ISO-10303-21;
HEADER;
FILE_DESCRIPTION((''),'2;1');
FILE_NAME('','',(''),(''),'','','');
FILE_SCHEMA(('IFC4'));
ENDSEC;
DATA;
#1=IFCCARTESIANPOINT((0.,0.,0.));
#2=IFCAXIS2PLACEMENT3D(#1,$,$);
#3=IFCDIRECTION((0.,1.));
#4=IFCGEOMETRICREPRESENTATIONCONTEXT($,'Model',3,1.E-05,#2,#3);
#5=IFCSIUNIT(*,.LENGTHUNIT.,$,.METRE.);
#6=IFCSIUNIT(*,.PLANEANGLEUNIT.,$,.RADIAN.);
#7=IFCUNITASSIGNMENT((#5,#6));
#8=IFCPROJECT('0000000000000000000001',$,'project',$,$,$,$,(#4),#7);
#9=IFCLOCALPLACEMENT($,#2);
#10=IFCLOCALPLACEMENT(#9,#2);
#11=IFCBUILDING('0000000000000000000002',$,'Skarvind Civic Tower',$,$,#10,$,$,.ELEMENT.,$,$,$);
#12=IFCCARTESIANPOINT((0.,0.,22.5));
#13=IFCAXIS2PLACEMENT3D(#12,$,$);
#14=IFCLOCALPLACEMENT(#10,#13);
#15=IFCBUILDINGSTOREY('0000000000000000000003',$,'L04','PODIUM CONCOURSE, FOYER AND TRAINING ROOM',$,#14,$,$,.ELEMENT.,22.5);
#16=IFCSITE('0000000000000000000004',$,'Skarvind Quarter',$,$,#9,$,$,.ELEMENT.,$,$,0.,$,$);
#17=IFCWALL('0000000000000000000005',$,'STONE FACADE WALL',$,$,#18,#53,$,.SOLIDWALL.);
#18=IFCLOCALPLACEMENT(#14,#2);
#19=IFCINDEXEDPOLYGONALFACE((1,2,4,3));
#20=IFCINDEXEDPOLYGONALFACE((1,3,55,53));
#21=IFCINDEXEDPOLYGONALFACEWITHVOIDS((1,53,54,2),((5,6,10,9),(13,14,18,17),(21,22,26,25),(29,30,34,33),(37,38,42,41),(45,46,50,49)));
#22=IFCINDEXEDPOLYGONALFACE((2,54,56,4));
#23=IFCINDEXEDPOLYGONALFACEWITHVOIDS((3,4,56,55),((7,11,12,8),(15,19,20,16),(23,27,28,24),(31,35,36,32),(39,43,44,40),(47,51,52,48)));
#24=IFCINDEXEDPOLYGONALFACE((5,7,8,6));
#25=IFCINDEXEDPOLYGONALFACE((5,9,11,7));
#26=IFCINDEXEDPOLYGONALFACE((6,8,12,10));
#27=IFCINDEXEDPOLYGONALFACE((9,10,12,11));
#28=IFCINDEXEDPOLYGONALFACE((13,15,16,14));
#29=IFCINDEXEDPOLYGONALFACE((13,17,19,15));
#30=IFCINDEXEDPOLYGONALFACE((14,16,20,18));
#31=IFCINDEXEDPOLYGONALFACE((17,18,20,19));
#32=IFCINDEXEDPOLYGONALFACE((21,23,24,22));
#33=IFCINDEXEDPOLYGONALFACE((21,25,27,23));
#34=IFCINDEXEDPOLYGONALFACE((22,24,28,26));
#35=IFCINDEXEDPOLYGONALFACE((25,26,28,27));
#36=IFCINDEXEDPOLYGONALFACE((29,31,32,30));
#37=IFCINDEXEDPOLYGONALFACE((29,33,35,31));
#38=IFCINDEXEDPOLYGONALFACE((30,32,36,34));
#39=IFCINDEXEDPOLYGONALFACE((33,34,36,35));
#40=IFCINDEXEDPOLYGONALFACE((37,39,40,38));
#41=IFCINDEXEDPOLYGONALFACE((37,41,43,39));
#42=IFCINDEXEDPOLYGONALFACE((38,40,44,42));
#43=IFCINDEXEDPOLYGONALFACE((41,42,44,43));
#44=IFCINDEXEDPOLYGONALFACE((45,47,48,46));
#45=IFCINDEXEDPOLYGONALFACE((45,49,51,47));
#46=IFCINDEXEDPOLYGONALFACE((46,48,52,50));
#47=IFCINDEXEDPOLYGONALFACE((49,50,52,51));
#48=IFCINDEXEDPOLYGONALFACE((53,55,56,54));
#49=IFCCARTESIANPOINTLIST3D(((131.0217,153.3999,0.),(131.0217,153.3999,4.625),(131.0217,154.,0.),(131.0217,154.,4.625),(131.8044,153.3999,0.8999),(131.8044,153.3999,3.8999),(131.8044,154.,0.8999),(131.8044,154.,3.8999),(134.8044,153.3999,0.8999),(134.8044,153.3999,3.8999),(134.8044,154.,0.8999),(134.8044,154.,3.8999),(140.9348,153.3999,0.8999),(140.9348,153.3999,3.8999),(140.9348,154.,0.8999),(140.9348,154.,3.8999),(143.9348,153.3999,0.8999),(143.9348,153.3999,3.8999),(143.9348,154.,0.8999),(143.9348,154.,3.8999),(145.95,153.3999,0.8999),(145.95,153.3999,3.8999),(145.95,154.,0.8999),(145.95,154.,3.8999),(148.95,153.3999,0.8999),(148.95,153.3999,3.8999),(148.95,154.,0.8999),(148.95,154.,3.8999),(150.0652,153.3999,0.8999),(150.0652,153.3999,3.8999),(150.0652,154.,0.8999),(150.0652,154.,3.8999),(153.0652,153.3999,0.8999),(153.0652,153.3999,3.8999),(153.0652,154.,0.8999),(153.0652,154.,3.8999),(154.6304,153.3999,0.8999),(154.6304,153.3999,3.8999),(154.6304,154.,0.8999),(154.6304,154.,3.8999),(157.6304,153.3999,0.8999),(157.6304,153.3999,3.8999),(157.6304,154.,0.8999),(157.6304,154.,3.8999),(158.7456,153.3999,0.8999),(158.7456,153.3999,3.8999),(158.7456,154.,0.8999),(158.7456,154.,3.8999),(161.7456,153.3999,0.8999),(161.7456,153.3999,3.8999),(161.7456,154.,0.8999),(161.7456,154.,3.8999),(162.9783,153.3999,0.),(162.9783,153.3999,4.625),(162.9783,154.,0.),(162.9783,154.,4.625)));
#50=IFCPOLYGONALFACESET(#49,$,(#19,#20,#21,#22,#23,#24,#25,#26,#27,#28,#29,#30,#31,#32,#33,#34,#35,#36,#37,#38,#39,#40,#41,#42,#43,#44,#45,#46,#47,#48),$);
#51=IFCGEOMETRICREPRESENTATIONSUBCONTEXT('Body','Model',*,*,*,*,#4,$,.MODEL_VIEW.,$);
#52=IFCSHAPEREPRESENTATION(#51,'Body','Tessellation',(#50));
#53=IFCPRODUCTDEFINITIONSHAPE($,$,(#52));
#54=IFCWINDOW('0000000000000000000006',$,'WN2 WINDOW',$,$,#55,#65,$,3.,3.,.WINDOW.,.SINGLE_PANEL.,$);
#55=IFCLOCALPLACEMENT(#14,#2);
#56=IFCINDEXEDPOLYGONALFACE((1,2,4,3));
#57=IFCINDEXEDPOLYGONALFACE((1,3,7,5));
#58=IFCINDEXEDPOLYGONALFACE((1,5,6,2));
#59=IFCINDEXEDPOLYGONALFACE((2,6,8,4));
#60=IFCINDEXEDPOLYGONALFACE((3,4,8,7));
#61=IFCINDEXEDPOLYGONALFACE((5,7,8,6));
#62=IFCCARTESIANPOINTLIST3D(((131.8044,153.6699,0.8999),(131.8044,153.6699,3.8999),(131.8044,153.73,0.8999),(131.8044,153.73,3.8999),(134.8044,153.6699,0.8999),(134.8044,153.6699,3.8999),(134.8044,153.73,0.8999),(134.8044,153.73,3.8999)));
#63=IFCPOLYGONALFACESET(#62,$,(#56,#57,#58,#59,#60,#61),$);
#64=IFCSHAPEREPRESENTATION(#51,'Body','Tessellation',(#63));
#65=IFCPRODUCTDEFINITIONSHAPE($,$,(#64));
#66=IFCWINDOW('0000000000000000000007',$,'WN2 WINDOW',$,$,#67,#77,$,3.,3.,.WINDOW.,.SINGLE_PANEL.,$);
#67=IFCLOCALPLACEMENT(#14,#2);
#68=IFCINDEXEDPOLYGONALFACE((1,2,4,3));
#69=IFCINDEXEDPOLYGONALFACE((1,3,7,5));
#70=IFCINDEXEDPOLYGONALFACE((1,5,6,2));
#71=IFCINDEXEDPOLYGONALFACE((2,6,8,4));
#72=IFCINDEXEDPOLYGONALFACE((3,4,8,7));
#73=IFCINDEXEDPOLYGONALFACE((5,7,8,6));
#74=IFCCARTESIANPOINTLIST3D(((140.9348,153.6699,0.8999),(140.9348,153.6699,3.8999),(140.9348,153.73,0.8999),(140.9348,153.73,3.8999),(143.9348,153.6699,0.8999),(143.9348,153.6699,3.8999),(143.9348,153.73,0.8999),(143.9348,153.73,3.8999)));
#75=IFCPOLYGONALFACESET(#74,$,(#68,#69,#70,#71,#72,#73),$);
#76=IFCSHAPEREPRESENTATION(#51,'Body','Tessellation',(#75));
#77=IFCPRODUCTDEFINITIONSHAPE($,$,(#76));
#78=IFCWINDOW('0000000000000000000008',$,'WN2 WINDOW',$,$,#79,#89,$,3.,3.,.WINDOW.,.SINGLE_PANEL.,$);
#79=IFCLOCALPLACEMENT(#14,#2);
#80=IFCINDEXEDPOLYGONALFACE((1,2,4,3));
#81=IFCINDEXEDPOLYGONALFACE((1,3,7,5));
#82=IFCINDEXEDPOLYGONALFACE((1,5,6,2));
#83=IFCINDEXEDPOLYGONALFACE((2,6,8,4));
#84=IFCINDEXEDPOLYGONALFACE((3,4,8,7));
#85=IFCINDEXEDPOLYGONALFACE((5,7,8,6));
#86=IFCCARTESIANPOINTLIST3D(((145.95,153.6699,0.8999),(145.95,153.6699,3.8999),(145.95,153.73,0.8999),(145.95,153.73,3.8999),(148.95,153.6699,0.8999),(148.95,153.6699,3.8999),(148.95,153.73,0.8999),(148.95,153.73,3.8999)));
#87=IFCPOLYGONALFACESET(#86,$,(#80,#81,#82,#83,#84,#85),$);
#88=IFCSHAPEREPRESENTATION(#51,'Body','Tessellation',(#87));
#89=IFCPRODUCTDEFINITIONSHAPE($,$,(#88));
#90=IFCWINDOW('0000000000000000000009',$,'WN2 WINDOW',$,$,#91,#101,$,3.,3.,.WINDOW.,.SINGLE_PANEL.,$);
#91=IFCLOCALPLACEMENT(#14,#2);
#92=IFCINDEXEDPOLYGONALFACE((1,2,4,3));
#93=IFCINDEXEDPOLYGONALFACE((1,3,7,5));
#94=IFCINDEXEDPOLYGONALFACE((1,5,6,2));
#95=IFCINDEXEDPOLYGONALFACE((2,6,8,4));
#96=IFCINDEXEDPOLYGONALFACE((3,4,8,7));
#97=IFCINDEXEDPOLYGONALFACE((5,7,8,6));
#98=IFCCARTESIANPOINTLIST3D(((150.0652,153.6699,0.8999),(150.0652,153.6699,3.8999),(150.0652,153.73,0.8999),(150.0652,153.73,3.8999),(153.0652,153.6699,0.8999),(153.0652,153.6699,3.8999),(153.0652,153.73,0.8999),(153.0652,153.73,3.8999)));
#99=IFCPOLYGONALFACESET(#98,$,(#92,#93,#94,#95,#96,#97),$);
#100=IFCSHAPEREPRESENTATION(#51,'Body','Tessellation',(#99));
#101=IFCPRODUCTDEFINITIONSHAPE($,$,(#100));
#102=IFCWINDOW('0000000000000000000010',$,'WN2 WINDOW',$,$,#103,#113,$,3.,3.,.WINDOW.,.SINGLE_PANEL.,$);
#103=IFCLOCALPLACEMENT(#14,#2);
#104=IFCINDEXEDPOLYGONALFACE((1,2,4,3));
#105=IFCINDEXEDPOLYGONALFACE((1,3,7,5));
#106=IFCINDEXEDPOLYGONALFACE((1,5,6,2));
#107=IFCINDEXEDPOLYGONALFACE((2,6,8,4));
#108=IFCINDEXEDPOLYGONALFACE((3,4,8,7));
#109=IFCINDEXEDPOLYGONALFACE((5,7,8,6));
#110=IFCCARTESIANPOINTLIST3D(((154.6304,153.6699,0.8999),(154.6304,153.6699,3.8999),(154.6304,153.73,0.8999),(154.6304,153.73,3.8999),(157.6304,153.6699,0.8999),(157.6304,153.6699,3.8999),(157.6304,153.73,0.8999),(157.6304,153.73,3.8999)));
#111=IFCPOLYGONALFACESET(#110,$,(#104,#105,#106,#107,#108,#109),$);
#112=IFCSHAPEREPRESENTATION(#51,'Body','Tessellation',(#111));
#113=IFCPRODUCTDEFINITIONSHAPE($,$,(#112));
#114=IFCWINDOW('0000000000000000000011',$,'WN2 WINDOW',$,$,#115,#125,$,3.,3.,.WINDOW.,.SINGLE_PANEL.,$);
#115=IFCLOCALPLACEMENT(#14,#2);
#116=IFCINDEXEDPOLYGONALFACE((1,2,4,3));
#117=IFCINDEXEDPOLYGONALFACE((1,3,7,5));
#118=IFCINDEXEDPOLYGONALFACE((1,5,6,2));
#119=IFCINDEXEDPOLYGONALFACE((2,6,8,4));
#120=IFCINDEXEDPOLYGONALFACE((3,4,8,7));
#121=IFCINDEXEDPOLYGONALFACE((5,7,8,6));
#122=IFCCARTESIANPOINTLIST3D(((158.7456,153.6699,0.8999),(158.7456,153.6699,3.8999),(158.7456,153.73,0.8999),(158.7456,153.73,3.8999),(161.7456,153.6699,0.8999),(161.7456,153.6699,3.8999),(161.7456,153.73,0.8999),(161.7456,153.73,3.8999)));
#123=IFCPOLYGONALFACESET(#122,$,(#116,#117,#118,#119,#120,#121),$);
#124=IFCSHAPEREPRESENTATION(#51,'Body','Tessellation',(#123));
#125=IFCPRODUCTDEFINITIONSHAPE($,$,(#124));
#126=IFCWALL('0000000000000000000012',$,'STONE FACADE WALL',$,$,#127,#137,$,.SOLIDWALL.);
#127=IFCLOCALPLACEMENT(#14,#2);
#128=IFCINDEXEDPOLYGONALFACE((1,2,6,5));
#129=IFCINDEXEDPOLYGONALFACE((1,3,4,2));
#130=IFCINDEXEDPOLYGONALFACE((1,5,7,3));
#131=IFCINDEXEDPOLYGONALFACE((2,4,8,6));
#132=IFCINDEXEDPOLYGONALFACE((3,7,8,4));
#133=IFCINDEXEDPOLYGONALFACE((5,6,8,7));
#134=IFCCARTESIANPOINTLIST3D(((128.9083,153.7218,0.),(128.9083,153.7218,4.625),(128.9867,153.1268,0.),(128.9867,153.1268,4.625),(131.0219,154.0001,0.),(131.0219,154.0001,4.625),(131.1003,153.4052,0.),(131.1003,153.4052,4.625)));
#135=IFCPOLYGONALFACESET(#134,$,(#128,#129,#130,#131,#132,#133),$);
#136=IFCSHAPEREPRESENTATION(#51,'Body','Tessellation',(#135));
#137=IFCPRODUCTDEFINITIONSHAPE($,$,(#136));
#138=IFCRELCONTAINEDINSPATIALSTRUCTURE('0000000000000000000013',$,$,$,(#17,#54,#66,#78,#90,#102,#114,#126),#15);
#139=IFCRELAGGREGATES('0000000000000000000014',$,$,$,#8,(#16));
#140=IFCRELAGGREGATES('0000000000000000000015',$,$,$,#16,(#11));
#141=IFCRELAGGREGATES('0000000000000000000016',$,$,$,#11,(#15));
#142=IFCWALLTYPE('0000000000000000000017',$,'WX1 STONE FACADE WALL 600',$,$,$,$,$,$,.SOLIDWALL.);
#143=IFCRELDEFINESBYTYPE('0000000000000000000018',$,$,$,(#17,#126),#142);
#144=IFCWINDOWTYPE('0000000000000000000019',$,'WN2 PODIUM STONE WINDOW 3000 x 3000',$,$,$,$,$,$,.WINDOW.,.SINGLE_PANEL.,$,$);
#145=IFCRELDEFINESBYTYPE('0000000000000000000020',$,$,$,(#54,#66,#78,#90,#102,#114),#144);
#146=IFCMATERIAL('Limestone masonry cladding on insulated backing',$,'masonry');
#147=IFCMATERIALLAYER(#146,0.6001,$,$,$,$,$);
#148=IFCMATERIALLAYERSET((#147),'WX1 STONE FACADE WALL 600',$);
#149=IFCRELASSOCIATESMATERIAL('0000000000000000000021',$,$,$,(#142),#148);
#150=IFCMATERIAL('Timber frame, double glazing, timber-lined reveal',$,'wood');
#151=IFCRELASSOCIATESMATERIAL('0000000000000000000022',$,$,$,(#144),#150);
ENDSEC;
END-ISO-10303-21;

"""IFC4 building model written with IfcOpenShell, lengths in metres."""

from ifc_helpers import new_model, si_unit, direction, frame, frame_2d, origin, place, context, subcontext, project, spatial, rectangle, extrude, material, layer, layer_set, type_object, element, fill, save


model = new_model("IFC4")

# Units and contexts
model_context = context("Model", 3, precision=1e-05, world=origin(), true_north=direction((0.0, 1.0)))
body_context = subcontext(model_context, "Body", "Model", "MODEL_VIEW")
ifc_project = project(units=[si_unit("LENGTHUNIT", "METRE"), si_unit("PLANEANGLEUNIT", "RADIAN")], contexts=[model_context])

# Site, building, storey
site_placement = place(None, origin())
site = spatial("IfcSite", under=ifc_project, at=site_placement, Name="Skarvind Quarter", CompositionType="ELEMENT", RefElevation=0.0)
building_placement = place(site_placement, origin())
building = spatial("IfcBuilding", under=site, at=building_placement, Name="Skarvind Civic Tower", CompositionType="ELEMENT")
storey_placement = place(building_placement, frame((0.0, 0.0, 22.5)))
storey = spatial("IfcBuildingStorey", under=building, at=storey_placement, Name="L04", Description="PODIUM CONCOURSE, FOYER AND TRAINING ROOM", CompositionType="ELEMENT", Elevation=22.5)

# Wall, openings, windows
ifc_material_1 = material(Name="Limestone masonry cladding on insulated backing", Category="masonry")
ifc_layer_1 = layer(ifc_material_1, 0.6001)
ifc_layer_set_1 = layer_set([ifc_layer_1], Name="WX1 STONE FACADE WALL 600")
wall_type_1 = type_object("IfcWallType", Name="WX1 STONE FACADE WALL 600", PredefinedType="SOLIDWALL", material=ifc_layer_set_1)
wall_1_placement = place(storey_placement, frame((131.0217, 153.7, 0.0), z_axis=(0.0, 0.0, 1.0), x_axis=(1.0, 0.0, 0.0)))
wall_1 = element("IfcWall", 1, at=wall_1_placement, inside=storey, type_object=wall_type_1, Name="STONE FACADE WALL", PredefinedType="SOLIDWALL", context=body_context, shape_type="SweptSolid", body=[
    extrude(rectangle(XDim=31.9565, YDim=0.6001, at=frame_2d((15.9783, 0.0))), origin(), (0.0, 0.0, 1.0), 4.625),
])
opening_1_placement = place(wall_1_placement, frame((0.7827, 0.0, 0.8999)))
opening_1 = element("IfcOpeningElement", 2, at=opening_1_placement, cuts=wall_1, PredefinedType="OPENING", context=body_context, shape_type="SweptSolid", body=[
    extrude(rectangle(XDim=3.0, YDim=3.0, at=frame_2d((1.5, 1.5))), frame((0.0, 0.3101, 0.0), z_axis=(0.0, -1.0, 0.0), x_axis=(1.0, 0.0, 0.0)), (0.0, 0.0, 1.0), 0.6201),
])
opening_2_placement = place(wall_1_placement, frame((9.9131, 0.0, 0.8999)))
opening_2 = element("IfcOpeningElement", 3, at=opening_2_placement, cuts=wall_1, PredefinedType="OPENING", context=body_context, shape_type="SweptSolid", body=[
    extrude(rectangle(XDim=3.0, YDim=3.0, at=frame_2d((1.5, 1.5))), frame((0.0, 0.3101, 0.0), z_axis=(0.0, -1.0, 0.0), x_axis=(1.0, 0.0, 0.0)), (0.0, 0.0, 1.0), 0.6201),
])
opening_3_placement = place(wall_1_placement, frame((14.9282, 0.0, 0.8999)))
opening_3 = element("IfcOpeningElement", 4, at=opening_3_placement, cuts=wall_1, PredefinedType="OPENING", context=body_context, shape_type="SweptSolid", body=[
    extrude(rectangle(XDim=3.0, YDim=3.0, at=frame_2d((1.5, 1.5))), frame((0.0, 0.3101, 0.0), z_axis=(0.0, -1.0, 0.0), x_axis=(1.0, 0.0, 0.0)), (0.0, 0.0, 1.0), 0.6201),
])
opening_4_placement = place(wall_1_placement, frame((19.0435, 0.0, 0.8999)))
opening_4 = element("IfcOpeningElement", 5, at=opening_4_placement, cuts=wall_1, PredefinedType="OPENING", context=body_context, shape_type="SweptSolid", body=[
    extrude(rectangle(XDim=3.0, YDim=3.0, at=frame_2d((1.5, 1.5))), frame((0.0, 0.3101, 0.0), z_axis=(0.0, -1.0, 0.0), x_axis=(1.0, 0.0, 0.0)), (0.0, 0.0, 1.0), 0.6201),
])
opening_5_placement = place(wall_1_placement, frame((23.6086, 0.0, 0.8999)))
opening_5 = element("IfcOpeningElement", 6, at=opening_5_placement, cuts=wall_1, PredefinedType="OPENING", context=body_context, shape_type="SweptSolid", body=[
    extrude(rectangle(XDim=3.0, YDim=3.0, at=frame_2d((1.5, 1.5))), frame((0.0, 0.3101, 0.0), z_axis=(0.0, -1.0, 0.0), x_axis=(1.0, 0.0, 0.0)), (0.0, 0.0, 1.0), 0.6201),
])
opening_6_placement = place(wall_1_placement, frame((27.7239, 0.0, 0.8999)))
opening_6 = element("IfcOpeningElement", 7, at=opening_6_placement, cuts=wall_1, PredefinedType="OPENING", context=body_context, shape_type="SweptSolid", body=[
    extrude(rectangle(XDim=3.0, YDim=3.0, at=frame_2d((1.5, 1.5))), frame((0.0, 0.3101, 0.0), z_axis=(0.0, -1.0, 0.0), x_axis=(1.0, 0.0, 0.0)), (0.0, 0.0, 1.0), 0.6201),
])
ifc_material_2 = material(Name="Timber frame, double glazing, timber-lined reveal", Category="wood")
window_type = type_object("IfcWindowType", Name="WN2 PODIUM STONE WINDOW 3000 x 3000", PartitioningType="SINGLE_PANEL", PredefinedType="WINDOW", material=ifc_material_2)
window_1_placement = place(opening_1_placement, origin())
window_1 = element("IfcWindow", 8, at=window_1_placement, inside=storey, type_object=window_type, Name="WN2 WINDOW", OverallHeight=3.0, OverallWidth=3.0, PartitioningType="SINGLE_PANEL", PredefinedType="WINDOW", context=body_context, shape_type="SweptSolid", body=[
    extrude(rectangle(XDim=3.0, YDim=3.0, at=frame_2d((1.5, 1.5))), frame((0.0, 0.03, 0.0), z_axis=(0.0, -1.0, 0.0), x_axis=(1.0, 0.0, 0.0)), (0.0, 0.0, 1.0), 0.0601),
])
fill(opening_1, window_1)
window_2_placement = place(opening_2_placement, origin())
window_2 = element("IfcWindow", 9, at=window_2_placement, inside=storey, type_object=window_type, Name="WN2 WINDOW", OverallHeight=3.0, OverallWidth=3.0, PartitioningType="SINGLE_PANEL", PredefinedType="WINDOW", context=body_context, shape_type="SweptSolid", body=[
    extrude(rectangle(XDim=3.0, YDim=3.0, at=frame_2d((1.5, 1.5))), frame((0.0, 0.03, 0.0), z_axis=(0.0, -1.0, 0.0), x_axis=(1.0, 0.0, 0.0)), (0.0, 0.0, 1.0), 0.0601),
])
fill(opening_2, window_2)
window_3_placement = place(opening_3_placement, origin())
window_3 = element("IfcWindow", 10, at=window_3_placement, inside=storey, type_object=window_type, Name="WN2 WINDOW", OverallHeight=3.0, OverallWidth=3.0, PartitioningType="SINGLE_PANEL", PredefinedType="WINDOW", context=body_context, shape_type="SweptSolid", body=[
    extrude(rectangle(XDim=3.0, YDim=3.0, at=frame_2d((1.5, 1.5))), frame((0.0, 0.03, 0.0), z_axis=(0.0, -1.0, 0.0), x_axis=(1.0, 0.0, 0.0)), (0.0, 0.0, 1.0), 0.0601),
])
fill(opening_3, window_3)
window_4_placement = place(opening_4_placement, origin())
window_4 = element("IfcWindow", 11, at=window_4_placement, inside=storey, type_object=window_type, Name="WN2 WINDOW", OverallHeight=3.0, OverallWidth=3.0, PartitioningType="SINGLE_PANEL", PredefinedType="WINDOW", context=body_context, shape_type="SweptSolid", body=[
    extrude(rectangle(XDim=3.0, YDim=3.0, at=frame_2d((1.5, 1.5))), frame((0.0, 0.03, 0.0), z_axis=(0.0, -1.0, 0.0), x_axis=(1.0, 0.0, 0.0)), (0.0, 0.0, 1.0), 0.0601),
])
fill(opening_4, window_4)
window_5_placement = place(opening_5_placement, origin())
window_5 = element("IfcWindow", 12, at=window_5_placement, inside=storey, type_object=window_type, Name="WN2 WINDOW", OverallHeight=3.0, OverallWidth=3.0, PartitioningType="SINGLE_PANEL", PredefinedType="WINDOW", context=body_context, shape_type="SweptSolid", body=[
    extrude(rectangle(XDim=3.0, YDim=3.0, at=frame_2d((1.5, 1.5))), frame((0.0, 0.03, 0.0), z_axis=(0.0, -1.0, 0.0), x_axis=(1.0, 0.0, 0.0)), (0.0, 0.0, 1.0), 0.0601),
])
fill(opening_5, window_5)
window_6_placement = place(opening_6_placement, origin())
window_6 = element("IfcWindow", 13, at=window_6_placement, inside=storey, type_object=window_type, Name="WN2 WINDOW", OverallHeight=3.0, OverallWidth=3.0, PartitioningType="SINGLE_PANEL", PredefinedType="WINDOW", context=body_context, shape_type="SweptSolid", body=[
    extrude(rectangle(XDim=3.0, YDim=3.0, at=frame_2d((1.5, 1.5))), frame((0.0, 0.03, 0.0), z_axis=(0.0, -1.0, 0.0), x_axis=(1.0, 0.0, 0.0)), (0.0, 0.0, 1.0), 0.0601),
])
fill(opening_6, window_6)

# Wall
wall_2_placement = place(storey_placement, frame((128.9475, 153.4243, 0.0), z_axis=(0.0, 0.0, 1.0), x_axis=(0.991441, 0.130558, 0.0)))
element("IfcWall", 14, at=wall_2_placement, inside=storey, type_object=wall_type_1, Name="STONE FACADE WALL", PredefinedType="SOLIDWALL", context=body_context, shape_type="SweptSolid", body=[
    extrude(rectangle(XDim=2.1318, YDim=0.6001, at=frame_2d((1.0659, 0.0))), origin(), (0.0, 0.0, 1.0), 4.625),
])

save(model, "model.ifc")
